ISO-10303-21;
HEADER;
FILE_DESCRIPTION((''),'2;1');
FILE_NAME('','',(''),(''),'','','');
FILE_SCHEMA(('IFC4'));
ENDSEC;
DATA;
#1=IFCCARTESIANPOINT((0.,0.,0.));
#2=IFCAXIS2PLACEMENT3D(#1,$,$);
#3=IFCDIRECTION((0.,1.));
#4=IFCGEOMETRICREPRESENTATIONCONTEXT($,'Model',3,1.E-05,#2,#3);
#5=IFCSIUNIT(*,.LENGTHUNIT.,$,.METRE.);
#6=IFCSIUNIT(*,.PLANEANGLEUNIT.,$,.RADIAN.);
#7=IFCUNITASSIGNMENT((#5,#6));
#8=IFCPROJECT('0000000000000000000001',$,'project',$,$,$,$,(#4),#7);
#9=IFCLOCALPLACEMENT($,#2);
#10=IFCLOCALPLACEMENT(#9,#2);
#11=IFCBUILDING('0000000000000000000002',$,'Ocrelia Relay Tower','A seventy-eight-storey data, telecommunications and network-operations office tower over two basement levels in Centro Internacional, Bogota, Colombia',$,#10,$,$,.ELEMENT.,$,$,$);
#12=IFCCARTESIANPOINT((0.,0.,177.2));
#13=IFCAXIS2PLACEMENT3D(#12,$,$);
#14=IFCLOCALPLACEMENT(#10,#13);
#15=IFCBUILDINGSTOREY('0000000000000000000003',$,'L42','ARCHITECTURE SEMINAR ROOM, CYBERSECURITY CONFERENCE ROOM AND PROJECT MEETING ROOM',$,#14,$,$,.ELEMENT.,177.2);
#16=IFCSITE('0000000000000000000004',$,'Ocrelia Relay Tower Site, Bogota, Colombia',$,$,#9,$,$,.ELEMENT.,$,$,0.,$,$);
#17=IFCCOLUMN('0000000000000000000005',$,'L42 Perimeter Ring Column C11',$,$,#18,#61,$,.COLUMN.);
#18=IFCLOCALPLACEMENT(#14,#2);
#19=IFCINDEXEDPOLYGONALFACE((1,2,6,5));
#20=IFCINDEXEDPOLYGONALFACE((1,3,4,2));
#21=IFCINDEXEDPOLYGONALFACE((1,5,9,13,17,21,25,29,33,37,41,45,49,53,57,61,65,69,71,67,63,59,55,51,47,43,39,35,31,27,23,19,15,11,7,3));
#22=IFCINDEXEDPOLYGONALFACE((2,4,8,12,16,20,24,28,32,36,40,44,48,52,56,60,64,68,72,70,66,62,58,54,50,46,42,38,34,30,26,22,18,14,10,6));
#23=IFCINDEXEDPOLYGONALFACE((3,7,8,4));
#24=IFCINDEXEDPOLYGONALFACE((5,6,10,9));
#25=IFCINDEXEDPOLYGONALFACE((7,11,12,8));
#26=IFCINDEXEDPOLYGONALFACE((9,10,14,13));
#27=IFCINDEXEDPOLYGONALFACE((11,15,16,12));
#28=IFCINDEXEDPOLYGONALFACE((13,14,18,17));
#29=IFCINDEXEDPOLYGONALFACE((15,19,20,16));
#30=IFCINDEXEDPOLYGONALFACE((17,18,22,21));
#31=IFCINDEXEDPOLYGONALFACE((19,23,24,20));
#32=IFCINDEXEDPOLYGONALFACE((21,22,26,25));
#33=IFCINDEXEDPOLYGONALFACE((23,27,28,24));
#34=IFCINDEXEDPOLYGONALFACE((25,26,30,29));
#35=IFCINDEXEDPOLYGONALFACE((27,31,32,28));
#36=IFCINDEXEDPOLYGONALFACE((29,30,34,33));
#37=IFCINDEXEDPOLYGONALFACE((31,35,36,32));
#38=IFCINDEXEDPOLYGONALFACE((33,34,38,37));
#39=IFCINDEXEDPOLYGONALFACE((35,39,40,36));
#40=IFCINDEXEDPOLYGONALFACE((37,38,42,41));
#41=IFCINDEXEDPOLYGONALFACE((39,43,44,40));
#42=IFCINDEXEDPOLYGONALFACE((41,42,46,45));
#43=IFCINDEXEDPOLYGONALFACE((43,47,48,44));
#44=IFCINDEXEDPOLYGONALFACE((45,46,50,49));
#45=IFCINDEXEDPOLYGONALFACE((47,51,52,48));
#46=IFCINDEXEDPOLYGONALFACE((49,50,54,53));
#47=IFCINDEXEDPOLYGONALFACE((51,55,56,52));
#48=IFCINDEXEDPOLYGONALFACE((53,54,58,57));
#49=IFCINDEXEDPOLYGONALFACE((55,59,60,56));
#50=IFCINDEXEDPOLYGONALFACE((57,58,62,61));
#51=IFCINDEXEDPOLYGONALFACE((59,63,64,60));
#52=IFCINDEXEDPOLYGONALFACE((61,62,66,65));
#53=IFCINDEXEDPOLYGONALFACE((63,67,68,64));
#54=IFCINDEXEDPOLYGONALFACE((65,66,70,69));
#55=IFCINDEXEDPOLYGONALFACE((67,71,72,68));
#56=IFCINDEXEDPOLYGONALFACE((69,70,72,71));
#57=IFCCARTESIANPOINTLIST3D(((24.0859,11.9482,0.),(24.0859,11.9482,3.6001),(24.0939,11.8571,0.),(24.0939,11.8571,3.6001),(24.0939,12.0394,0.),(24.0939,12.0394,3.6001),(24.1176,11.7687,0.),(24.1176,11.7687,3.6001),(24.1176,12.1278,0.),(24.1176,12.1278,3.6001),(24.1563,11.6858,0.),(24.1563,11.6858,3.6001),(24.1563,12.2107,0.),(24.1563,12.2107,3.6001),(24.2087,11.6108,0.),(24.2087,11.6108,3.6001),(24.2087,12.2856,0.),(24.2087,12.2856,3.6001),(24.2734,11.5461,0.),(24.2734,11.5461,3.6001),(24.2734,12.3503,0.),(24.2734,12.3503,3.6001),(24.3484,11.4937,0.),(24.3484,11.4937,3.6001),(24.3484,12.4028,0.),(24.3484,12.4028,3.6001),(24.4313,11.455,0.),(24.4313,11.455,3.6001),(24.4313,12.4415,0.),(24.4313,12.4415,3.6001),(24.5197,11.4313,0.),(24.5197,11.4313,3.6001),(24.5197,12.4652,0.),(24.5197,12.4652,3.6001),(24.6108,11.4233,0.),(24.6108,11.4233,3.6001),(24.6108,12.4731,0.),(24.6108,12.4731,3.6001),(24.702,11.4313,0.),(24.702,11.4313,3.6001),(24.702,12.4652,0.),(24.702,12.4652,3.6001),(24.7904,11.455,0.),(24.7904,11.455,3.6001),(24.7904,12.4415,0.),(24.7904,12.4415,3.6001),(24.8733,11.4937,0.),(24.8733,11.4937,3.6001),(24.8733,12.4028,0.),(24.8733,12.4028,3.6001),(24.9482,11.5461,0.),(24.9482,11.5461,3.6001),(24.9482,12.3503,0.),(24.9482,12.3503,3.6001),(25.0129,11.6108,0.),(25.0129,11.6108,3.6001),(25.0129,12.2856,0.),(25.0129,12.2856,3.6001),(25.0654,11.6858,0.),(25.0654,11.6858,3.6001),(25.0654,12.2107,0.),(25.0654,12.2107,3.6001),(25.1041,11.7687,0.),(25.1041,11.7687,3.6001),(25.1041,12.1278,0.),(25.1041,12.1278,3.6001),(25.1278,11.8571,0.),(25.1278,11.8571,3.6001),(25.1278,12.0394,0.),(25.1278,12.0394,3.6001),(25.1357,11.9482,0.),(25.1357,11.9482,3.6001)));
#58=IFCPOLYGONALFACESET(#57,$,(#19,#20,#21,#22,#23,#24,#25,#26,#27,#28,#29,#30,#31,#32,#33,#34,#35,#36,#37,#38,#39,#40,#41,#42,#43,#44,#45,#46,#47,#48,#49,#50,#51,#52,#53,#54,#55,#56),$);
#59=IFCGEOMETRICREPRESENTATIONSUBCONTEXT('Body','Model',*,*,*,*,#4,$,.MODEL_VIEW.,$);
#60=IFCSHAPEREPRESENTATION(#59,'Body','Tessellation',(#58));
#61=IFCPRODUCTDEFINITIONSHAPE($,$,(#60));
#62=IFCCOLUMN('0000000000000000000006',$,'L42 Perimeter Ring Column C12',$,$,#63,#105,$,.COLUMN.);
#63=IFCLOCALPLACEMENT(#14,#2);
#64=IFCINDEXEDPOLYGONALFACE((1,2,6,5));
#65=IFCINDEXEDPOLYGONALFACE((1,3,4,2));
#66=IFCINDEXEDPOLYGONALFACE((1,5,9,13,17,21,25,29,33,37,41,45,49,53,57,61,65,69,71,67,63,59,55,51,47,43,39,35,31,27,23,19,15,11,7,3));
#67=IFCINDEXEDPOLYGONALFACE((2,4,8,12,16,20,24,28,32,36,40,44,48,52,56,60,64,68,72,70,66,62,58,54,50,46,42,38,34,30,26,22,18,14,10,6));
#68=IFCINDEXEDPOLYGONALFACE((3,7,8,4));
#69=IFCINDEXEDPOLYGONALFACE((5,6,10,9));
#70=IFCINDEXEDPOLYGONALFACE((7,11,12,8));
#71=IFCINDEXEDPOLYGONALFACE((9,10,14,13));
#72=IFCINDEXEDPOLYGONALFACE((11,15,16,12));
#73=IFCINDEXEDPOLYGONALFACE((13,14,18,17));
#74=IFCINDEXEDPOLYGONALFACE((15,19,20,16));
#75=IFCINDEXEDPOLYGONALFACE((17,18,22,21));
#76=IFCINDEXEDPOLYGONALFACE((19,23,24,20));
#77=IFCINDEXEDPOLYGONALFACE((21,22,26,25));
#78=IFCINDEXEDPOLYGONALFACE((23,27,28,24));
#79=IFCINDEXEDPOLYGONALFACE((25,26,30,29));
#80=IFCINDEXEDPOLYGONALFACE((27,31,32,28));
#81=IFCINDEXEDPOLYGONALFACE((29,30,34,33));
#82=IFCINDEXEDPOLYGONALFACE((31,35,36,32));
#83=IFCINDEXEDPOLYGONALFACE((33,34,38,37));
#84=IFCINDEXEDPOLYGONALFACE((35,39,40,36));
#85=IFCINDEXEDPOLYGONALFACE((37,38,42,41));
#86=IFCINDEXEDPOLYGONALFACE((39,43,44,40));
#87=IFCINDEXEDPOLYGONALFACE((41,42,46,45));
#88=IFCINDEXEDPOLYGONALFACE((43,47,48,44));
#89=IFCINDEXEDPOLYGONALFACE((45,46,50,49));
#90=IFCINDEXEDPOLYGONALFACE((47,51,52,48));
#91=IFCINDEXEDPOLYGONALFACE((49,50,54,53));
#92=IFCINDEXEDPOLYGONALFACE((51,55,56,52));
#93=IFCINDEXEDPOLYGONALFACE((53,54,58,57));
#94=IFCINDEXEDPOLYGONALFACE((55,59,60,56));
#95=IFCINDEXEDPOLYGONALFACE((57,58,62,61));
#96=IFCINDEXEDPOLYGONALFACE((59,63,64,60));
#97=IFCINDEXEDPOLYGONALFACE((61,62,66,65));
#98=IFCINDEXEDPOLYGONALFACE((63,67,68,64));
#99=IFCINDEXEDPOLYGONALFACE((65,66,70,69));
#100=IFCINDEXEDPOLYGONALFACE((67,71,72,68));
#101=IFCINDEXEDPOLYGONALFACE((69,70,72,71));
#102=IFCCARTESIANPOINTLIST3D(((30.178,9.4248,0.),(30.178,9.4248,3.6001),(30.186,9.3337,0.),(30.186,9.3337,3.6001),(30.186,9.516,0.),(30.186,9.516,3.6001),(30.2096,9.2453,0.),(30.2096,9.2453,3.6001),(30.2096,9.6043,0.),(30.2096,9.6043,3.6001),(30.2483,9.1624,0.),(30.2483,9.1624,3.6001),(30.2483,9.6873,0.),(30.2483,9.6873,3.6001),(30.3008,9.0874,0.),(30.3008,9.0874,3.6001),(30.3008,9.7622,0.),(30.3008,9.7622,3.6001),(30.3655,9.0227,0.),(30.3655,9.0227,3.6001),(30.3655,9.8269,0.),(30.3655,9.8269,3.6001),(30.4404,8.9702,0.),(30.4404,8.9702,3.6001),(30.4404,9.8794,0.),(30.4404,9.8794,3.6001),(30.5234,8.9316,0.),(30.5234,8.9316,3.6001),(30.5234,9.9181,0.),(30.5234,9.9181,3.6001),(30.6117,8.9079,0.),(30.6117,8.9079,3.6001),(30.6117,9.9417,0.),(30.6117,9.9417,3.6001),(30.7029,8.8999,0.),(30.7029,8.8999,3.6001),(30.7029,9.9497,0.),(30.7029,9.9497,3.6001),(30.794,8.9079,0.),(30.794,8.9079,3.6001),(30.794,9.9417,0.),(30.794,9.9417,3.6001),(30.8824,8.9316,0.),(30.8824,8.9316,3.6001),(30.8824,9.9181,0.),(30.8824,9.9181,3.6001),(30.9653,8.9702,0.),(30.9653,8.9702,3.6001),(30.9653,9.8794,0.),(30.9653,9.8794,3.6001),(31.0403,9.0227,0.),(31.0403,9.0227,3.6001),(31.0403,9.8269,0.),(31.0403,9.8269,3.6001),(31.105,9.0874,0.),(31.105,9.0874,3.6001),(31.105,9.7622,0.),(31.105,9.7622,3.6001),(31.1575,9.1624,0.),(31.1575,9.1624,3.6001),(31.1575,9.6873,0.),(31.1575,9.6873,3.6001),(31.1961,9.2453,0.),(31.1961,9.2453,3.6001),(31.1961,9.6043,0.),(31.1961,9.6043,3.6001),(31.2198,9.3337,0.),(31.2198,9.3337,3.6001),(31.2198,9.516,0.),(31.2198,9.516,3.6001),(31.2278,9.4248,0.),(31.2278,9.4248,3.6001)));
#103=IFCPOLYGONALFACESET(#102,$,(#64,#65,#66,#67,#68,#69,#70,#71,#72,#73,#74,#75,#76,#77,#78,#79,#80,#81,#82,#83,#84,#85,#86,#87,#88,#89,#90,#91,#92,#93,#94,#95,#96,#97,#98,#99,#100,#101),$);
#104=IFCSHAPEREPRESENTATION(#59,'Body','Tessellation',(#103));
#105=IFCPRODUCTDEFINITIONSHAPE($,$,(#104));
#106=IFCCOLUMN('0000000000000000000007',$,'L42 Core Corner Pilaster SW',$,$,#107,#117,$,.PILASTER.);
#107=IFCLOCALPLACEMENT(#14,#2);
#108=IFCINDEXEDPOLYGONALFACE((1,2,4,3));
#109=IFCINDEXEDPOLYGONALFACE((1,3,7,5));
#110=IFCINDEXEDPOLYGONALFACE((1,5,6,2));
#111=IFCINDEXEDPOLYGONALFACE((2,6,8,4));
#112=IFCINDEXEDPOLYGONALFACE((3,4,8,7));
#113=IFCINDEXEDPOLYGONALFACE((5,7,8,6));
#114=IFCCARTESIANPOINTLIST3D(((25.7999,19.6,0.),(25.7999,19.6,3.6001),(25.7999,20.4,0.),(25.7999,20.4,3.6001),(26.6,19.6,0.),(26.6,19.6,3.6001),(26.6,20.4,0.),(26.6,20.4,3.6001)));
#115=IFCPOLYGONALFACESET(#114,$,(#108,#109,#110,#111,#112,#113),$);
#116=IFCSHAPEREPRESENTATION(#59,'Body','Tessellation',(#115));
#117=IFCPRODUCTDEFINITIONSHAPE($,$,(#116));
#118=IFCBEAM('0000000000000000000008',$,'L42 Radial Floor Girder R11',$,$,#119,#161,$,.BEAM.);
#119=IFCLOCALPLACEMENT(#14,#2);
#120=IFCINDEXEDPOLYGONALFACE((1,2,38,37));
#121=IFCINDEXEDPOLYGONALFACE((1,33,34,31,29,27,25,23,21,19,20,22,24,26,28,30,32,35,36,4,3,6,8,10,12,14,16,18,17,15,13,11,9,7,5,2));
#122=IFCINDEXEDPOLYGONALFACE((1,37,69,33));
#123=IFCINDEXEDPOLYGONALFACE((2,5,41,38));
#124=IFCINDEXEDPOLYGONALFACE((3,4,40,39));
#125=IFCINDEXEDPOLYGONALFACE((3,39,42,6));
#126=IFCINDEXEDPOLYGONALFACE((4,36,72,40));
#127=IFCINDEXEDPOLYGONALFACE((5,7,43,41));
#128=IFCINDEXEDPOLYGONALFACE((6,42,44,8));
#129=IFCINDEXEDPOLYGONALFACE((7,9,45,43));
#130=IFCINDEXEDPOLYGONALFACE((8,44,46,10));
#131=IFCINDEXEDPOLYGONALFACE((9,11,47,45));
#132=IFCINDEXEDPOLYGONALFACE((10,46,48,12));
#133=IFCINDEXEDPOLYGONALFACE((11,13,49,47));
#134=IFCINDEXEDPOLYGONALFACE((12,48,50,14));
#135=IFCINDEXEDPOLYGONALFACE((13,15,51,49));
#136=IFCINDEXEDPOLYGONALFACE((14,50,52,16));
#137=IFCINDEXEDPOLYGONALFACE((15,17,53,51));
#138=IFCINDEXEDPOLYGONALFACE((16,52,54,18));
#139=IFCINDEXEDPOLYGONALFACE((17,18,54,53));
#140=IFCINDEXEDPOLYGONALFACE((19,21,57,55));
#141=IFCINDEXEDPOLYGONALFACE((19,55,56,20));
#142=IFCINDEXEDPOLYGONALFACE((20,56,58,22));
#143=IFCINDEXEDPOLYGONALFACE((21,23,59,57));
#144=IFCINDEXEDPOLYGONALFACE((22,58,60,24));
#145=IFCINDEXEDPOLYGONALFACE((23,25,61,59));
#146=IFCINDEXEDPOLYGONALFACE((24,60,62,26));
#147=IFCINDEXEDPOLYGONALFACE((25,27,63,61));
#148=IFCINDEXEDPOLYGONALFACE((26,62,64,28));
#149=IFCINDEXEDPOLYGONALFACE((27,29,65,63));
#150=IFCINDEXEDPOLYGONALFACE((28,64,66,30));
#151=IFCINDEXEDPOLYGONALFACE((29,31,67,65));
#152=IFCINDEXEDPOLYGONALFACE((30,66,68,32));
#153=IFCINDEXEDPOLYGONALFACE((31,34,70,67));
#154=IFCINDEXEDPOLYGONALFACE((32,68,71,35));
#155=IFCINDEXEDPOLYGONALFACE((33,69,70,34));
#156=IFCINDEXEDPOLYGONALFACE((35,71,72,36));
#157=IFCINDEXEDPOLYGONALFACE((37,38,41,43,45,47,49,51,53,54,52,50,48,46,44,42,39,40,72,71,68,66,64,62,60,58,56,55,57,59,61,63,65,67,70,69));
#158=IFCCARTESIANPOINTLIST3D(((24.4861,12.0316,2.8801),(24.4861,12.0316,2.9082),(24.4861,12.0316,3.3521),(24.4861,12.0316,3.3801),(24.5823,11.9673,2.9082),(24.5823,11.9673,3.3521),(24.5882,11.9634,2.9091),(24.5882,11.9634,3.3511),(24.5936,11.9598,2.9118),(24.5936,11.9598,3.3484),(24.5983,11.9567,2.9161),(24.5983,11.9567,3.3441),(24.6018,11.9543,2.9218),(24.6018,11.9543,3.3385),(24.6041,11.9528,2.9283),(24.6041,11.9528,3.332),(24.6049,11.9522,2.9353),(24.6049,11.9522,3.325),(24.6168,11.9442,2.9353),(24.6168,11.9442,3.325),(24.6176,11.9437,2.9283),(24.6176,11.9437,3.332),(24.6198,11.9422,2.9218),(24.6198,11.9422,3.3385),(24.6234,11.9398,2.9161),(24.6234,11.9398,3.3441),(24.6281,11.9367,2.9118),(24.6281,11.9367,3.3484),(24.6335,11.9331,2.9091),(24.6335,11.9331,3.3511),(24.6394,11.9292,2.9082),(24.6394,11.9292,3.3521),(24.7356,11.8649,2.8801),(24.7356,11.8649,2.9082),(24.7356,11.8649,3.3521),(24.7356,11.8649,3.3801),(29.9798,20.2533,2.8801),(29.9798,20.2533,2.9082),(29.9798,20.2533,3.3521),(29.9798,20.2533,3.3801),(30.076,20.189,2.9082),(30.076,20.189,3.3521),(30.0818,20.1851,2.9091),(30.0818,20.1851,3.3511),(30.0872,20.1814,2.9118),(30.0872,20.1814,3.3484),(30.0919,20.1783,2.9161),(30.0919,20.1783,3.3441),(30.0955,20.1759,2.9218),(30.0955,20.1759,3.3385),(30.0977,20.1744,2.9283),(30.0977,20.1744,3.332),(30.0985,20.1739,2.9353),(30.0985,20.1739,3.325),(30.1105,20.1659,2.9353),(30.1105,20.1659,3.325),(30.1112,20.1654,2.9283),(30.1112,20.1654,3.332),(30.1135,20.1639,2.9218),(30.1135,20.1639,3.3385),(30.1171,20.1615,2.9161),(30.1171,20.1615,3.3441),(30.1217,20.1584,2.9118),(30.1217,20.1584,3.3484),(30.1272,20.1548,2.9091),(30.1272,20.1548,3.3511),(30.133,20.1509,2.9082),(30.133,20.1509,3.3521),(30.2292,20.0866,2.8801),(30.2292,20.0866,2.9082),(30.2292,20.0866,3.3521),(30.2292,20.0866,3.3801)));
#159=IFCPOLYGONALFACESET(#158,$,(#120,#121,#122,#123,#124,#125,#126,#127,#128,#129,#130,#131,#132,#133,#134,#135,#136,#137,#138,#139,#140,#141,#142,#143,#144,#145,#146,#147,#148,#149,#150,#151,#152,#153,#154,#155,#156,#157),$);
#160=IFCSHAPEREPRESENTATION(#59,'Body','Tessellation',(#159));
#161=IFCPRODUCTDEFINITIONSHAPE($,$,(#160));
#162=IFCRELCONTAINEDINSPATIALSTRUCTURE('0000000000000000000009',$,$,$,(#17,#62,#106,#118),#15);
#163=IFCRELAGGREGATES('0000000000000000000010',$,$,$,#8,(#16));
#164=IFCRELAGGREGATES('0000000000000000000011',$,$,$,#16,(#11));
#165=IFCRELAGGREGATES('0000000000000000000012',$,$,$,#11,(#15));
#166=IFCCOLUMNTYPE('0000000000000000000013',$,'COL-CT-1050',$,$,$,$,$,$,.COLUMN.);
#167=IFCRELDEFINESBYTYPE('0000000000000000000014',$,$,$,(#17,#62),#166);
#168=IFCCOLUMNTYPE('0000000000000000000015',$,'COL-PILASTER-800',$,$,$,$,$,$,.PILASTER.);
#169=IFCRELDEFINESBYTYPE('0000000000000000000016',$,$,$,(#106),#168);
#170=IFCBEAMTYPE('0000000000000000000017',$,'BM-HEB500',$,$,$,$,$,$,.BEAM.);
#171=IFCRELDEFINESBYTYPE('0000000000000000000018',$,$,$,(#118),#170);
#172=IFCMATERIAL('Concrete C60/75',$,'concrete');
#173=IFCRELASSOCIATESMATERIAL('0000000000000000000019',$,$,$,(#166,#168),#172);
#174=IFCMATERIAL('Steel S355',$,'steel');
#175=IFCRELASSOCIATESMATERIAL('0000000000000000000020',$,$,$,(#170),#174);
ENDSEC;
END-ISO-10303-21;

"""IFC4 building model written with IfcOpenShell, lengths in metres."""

from ifc_helpers import new_model, si_unit, direction, frame, origin, origin_2d, place, context, subcontext, project, spatial, rectangle, circle, i_section, extrude, material, material_profile, profile_set, type_object, element, save


model = new_model("IFC4")

# Units and contexts
model_context = context("Model", 3, precision=1e-05, world=origin(), true_north=direction((0.0, 1.0)))
body_context = subcontext(model_context, "Body", "Model", "MODEL_VIEW")
ifc_project = project(units=[si_unit("LENGTHUNIT", "METRE"), si_unit("PLANEANGLEUNIT", "RADIAN")], contexts=[model_context])

# Site, building, storey
site_placement = place(None, origin())
site = spatial("IfcSite", under=ifc_project, at=site_placement, Name="Ocrelia Relay Tower Site, Bogota, Colombia", CompositionType="ELEMENT", RefElevation=0.0)
building_placement = place(site_placement, origin())
building = spatial("IfcBuilding", under=site, at=building_placement, Name="Ocrelia Relay Tower", Description="A seventy-eight-storey data, telecommunications and network-operations office tower over two basement levels in Centro Internacional, Bogota, Colombia", CompositionType="ELEMENT")
storey_placement = place(building_placement, frame((0.0, 0.0, 177.2)))
storey = spatial("IfcBuildingStorey", under=building, at=storey_placement, Name="L42", Description="ARCHITECTURE SEMINAR ROOM, CYBERSECURITY CONFERENCE ROOM AND PROJECT MEETING ROOM", CompositionType="ELEMENT", Elevation=177.2)

# Columns
ifc_material_1 = material(Name="Concrete C60/75", Category="concrete")
ifc_material_profile_1 = material_profile(ifc_material_1, circle(Radius=0.5249, at=origin_2d()), Name="RC-CIR-1050")
ifc_profile_set_1 = profile_set([ifc_material_profile_1], Name="Concrete C60/75")
column_type_1 = type_object("IfcColumnType", Name="COL-CT-1050", PredefinedType="COLUMN", material=ifc_profile_set_1)
for number, where, z_axis, x_axis, name in (
    (1, (24.6108, 11.9482, 0.0), (0.0, 0.0, 1.0), (1.0, 0.0, 0.0), "L42 Perimeter Ring Column C11"),
    (2, (30.7029, 9.4248, 0.0), (0.0, 0.0, 1.0), (1.0, 0.0, 0.0), "L42 Perimeter Ring Column C12"),
):
    element("IfcColumn", number, at=place(storey_placement, frame(where, z_axis=z_axis, x_axis=x_axis)), inside=storey, type_object=column_type_1, Name=name, PredefinedType="COLUMN", context=body_context, shape_type="SweptSolid", body=[
        extrude(circle(Radius=0.5249, at=origin_2d()), origin(), (0.0, 0.0, 1.0), 3.6001),
    ])
ifc_material_profile_2 = material_profile(ifc_material_1, rectangle(XDim=0.8, YDim=0.8, at=origin_2d()), Name="RC-COL-800x800")
ifc_profile_set_2 = profile_set([ifc_material_profile_2], Name="Concrete C60/75")
column_type_2 = type_object("IfcColumnType", Name="COL-PILASTER-800", PredefinedType="PILASTER", material=ifc_profile_set_2)
column_placement = place(storey_placement, frame((26.2, 20.0, 0.0), z_axis=(0.0, 0.0, 1.0), x_axis=(1.0, 0.0, 0.0)))
element("IfcColumn", 3, at=column_placement, inside=storey, type_object=column_type_2, Name="L42 Core Corner Pilaster SW", PredefinedType="PILASTER", context=body_context, shape_type="SweptSolid", body=[
    extrude(rectangle(XDim=0.8, YDim=0.8, at=origin_2d()), origin(), (0.0, 0.0, 1.0), 3.6001),
])

# Beam
ifc_material_2 = material(Name="Steel S355", Category="steel")
ifc_material_profile_3 = material_profile(ifc_material_2, i_section(OverallWidth=0.3, OverallDepth=0.5, WebThickness=0.0144, FlangeThickness=0.0281, FilletRadius=0.0271, at=origin_2d()), Name="HEB 500")
ifc_profile_set_3 = profile_set([ifc_material_profile_3], Name="Steel S355")
beam_type_1 = type_object("IfcBeamType", Name="BM-HEB500", PredefinedType="BEAM", material=ifc_profile_set_3)
beam_1_placement = place(storey_placement, frame((24.6108, 11.9482, 3.1301), z_axis=(0.555577, 0.831465, 0.0), x_axis=(-0.831465, 0.555577, 0.0)))
element("IfcBeam", 4, at=beam_1_placement, inside=storey, type_object=beam_type_1, Name="L42 Radial Floor Girder R11", PredefinedType="BEAM", context=body_context, shape_type="SweptSolid", body=[
    extrude(i_section(OverallWidth=0.3, OverallDepth=0.5, WebThickness=0.0144, FlangeThickness=0.0281, FilletRadius=0.0271, at=origin_2d()), origin(), (0.0, 0.0, 1.0), 9.8882),
])

save(model, "model.ifc")
